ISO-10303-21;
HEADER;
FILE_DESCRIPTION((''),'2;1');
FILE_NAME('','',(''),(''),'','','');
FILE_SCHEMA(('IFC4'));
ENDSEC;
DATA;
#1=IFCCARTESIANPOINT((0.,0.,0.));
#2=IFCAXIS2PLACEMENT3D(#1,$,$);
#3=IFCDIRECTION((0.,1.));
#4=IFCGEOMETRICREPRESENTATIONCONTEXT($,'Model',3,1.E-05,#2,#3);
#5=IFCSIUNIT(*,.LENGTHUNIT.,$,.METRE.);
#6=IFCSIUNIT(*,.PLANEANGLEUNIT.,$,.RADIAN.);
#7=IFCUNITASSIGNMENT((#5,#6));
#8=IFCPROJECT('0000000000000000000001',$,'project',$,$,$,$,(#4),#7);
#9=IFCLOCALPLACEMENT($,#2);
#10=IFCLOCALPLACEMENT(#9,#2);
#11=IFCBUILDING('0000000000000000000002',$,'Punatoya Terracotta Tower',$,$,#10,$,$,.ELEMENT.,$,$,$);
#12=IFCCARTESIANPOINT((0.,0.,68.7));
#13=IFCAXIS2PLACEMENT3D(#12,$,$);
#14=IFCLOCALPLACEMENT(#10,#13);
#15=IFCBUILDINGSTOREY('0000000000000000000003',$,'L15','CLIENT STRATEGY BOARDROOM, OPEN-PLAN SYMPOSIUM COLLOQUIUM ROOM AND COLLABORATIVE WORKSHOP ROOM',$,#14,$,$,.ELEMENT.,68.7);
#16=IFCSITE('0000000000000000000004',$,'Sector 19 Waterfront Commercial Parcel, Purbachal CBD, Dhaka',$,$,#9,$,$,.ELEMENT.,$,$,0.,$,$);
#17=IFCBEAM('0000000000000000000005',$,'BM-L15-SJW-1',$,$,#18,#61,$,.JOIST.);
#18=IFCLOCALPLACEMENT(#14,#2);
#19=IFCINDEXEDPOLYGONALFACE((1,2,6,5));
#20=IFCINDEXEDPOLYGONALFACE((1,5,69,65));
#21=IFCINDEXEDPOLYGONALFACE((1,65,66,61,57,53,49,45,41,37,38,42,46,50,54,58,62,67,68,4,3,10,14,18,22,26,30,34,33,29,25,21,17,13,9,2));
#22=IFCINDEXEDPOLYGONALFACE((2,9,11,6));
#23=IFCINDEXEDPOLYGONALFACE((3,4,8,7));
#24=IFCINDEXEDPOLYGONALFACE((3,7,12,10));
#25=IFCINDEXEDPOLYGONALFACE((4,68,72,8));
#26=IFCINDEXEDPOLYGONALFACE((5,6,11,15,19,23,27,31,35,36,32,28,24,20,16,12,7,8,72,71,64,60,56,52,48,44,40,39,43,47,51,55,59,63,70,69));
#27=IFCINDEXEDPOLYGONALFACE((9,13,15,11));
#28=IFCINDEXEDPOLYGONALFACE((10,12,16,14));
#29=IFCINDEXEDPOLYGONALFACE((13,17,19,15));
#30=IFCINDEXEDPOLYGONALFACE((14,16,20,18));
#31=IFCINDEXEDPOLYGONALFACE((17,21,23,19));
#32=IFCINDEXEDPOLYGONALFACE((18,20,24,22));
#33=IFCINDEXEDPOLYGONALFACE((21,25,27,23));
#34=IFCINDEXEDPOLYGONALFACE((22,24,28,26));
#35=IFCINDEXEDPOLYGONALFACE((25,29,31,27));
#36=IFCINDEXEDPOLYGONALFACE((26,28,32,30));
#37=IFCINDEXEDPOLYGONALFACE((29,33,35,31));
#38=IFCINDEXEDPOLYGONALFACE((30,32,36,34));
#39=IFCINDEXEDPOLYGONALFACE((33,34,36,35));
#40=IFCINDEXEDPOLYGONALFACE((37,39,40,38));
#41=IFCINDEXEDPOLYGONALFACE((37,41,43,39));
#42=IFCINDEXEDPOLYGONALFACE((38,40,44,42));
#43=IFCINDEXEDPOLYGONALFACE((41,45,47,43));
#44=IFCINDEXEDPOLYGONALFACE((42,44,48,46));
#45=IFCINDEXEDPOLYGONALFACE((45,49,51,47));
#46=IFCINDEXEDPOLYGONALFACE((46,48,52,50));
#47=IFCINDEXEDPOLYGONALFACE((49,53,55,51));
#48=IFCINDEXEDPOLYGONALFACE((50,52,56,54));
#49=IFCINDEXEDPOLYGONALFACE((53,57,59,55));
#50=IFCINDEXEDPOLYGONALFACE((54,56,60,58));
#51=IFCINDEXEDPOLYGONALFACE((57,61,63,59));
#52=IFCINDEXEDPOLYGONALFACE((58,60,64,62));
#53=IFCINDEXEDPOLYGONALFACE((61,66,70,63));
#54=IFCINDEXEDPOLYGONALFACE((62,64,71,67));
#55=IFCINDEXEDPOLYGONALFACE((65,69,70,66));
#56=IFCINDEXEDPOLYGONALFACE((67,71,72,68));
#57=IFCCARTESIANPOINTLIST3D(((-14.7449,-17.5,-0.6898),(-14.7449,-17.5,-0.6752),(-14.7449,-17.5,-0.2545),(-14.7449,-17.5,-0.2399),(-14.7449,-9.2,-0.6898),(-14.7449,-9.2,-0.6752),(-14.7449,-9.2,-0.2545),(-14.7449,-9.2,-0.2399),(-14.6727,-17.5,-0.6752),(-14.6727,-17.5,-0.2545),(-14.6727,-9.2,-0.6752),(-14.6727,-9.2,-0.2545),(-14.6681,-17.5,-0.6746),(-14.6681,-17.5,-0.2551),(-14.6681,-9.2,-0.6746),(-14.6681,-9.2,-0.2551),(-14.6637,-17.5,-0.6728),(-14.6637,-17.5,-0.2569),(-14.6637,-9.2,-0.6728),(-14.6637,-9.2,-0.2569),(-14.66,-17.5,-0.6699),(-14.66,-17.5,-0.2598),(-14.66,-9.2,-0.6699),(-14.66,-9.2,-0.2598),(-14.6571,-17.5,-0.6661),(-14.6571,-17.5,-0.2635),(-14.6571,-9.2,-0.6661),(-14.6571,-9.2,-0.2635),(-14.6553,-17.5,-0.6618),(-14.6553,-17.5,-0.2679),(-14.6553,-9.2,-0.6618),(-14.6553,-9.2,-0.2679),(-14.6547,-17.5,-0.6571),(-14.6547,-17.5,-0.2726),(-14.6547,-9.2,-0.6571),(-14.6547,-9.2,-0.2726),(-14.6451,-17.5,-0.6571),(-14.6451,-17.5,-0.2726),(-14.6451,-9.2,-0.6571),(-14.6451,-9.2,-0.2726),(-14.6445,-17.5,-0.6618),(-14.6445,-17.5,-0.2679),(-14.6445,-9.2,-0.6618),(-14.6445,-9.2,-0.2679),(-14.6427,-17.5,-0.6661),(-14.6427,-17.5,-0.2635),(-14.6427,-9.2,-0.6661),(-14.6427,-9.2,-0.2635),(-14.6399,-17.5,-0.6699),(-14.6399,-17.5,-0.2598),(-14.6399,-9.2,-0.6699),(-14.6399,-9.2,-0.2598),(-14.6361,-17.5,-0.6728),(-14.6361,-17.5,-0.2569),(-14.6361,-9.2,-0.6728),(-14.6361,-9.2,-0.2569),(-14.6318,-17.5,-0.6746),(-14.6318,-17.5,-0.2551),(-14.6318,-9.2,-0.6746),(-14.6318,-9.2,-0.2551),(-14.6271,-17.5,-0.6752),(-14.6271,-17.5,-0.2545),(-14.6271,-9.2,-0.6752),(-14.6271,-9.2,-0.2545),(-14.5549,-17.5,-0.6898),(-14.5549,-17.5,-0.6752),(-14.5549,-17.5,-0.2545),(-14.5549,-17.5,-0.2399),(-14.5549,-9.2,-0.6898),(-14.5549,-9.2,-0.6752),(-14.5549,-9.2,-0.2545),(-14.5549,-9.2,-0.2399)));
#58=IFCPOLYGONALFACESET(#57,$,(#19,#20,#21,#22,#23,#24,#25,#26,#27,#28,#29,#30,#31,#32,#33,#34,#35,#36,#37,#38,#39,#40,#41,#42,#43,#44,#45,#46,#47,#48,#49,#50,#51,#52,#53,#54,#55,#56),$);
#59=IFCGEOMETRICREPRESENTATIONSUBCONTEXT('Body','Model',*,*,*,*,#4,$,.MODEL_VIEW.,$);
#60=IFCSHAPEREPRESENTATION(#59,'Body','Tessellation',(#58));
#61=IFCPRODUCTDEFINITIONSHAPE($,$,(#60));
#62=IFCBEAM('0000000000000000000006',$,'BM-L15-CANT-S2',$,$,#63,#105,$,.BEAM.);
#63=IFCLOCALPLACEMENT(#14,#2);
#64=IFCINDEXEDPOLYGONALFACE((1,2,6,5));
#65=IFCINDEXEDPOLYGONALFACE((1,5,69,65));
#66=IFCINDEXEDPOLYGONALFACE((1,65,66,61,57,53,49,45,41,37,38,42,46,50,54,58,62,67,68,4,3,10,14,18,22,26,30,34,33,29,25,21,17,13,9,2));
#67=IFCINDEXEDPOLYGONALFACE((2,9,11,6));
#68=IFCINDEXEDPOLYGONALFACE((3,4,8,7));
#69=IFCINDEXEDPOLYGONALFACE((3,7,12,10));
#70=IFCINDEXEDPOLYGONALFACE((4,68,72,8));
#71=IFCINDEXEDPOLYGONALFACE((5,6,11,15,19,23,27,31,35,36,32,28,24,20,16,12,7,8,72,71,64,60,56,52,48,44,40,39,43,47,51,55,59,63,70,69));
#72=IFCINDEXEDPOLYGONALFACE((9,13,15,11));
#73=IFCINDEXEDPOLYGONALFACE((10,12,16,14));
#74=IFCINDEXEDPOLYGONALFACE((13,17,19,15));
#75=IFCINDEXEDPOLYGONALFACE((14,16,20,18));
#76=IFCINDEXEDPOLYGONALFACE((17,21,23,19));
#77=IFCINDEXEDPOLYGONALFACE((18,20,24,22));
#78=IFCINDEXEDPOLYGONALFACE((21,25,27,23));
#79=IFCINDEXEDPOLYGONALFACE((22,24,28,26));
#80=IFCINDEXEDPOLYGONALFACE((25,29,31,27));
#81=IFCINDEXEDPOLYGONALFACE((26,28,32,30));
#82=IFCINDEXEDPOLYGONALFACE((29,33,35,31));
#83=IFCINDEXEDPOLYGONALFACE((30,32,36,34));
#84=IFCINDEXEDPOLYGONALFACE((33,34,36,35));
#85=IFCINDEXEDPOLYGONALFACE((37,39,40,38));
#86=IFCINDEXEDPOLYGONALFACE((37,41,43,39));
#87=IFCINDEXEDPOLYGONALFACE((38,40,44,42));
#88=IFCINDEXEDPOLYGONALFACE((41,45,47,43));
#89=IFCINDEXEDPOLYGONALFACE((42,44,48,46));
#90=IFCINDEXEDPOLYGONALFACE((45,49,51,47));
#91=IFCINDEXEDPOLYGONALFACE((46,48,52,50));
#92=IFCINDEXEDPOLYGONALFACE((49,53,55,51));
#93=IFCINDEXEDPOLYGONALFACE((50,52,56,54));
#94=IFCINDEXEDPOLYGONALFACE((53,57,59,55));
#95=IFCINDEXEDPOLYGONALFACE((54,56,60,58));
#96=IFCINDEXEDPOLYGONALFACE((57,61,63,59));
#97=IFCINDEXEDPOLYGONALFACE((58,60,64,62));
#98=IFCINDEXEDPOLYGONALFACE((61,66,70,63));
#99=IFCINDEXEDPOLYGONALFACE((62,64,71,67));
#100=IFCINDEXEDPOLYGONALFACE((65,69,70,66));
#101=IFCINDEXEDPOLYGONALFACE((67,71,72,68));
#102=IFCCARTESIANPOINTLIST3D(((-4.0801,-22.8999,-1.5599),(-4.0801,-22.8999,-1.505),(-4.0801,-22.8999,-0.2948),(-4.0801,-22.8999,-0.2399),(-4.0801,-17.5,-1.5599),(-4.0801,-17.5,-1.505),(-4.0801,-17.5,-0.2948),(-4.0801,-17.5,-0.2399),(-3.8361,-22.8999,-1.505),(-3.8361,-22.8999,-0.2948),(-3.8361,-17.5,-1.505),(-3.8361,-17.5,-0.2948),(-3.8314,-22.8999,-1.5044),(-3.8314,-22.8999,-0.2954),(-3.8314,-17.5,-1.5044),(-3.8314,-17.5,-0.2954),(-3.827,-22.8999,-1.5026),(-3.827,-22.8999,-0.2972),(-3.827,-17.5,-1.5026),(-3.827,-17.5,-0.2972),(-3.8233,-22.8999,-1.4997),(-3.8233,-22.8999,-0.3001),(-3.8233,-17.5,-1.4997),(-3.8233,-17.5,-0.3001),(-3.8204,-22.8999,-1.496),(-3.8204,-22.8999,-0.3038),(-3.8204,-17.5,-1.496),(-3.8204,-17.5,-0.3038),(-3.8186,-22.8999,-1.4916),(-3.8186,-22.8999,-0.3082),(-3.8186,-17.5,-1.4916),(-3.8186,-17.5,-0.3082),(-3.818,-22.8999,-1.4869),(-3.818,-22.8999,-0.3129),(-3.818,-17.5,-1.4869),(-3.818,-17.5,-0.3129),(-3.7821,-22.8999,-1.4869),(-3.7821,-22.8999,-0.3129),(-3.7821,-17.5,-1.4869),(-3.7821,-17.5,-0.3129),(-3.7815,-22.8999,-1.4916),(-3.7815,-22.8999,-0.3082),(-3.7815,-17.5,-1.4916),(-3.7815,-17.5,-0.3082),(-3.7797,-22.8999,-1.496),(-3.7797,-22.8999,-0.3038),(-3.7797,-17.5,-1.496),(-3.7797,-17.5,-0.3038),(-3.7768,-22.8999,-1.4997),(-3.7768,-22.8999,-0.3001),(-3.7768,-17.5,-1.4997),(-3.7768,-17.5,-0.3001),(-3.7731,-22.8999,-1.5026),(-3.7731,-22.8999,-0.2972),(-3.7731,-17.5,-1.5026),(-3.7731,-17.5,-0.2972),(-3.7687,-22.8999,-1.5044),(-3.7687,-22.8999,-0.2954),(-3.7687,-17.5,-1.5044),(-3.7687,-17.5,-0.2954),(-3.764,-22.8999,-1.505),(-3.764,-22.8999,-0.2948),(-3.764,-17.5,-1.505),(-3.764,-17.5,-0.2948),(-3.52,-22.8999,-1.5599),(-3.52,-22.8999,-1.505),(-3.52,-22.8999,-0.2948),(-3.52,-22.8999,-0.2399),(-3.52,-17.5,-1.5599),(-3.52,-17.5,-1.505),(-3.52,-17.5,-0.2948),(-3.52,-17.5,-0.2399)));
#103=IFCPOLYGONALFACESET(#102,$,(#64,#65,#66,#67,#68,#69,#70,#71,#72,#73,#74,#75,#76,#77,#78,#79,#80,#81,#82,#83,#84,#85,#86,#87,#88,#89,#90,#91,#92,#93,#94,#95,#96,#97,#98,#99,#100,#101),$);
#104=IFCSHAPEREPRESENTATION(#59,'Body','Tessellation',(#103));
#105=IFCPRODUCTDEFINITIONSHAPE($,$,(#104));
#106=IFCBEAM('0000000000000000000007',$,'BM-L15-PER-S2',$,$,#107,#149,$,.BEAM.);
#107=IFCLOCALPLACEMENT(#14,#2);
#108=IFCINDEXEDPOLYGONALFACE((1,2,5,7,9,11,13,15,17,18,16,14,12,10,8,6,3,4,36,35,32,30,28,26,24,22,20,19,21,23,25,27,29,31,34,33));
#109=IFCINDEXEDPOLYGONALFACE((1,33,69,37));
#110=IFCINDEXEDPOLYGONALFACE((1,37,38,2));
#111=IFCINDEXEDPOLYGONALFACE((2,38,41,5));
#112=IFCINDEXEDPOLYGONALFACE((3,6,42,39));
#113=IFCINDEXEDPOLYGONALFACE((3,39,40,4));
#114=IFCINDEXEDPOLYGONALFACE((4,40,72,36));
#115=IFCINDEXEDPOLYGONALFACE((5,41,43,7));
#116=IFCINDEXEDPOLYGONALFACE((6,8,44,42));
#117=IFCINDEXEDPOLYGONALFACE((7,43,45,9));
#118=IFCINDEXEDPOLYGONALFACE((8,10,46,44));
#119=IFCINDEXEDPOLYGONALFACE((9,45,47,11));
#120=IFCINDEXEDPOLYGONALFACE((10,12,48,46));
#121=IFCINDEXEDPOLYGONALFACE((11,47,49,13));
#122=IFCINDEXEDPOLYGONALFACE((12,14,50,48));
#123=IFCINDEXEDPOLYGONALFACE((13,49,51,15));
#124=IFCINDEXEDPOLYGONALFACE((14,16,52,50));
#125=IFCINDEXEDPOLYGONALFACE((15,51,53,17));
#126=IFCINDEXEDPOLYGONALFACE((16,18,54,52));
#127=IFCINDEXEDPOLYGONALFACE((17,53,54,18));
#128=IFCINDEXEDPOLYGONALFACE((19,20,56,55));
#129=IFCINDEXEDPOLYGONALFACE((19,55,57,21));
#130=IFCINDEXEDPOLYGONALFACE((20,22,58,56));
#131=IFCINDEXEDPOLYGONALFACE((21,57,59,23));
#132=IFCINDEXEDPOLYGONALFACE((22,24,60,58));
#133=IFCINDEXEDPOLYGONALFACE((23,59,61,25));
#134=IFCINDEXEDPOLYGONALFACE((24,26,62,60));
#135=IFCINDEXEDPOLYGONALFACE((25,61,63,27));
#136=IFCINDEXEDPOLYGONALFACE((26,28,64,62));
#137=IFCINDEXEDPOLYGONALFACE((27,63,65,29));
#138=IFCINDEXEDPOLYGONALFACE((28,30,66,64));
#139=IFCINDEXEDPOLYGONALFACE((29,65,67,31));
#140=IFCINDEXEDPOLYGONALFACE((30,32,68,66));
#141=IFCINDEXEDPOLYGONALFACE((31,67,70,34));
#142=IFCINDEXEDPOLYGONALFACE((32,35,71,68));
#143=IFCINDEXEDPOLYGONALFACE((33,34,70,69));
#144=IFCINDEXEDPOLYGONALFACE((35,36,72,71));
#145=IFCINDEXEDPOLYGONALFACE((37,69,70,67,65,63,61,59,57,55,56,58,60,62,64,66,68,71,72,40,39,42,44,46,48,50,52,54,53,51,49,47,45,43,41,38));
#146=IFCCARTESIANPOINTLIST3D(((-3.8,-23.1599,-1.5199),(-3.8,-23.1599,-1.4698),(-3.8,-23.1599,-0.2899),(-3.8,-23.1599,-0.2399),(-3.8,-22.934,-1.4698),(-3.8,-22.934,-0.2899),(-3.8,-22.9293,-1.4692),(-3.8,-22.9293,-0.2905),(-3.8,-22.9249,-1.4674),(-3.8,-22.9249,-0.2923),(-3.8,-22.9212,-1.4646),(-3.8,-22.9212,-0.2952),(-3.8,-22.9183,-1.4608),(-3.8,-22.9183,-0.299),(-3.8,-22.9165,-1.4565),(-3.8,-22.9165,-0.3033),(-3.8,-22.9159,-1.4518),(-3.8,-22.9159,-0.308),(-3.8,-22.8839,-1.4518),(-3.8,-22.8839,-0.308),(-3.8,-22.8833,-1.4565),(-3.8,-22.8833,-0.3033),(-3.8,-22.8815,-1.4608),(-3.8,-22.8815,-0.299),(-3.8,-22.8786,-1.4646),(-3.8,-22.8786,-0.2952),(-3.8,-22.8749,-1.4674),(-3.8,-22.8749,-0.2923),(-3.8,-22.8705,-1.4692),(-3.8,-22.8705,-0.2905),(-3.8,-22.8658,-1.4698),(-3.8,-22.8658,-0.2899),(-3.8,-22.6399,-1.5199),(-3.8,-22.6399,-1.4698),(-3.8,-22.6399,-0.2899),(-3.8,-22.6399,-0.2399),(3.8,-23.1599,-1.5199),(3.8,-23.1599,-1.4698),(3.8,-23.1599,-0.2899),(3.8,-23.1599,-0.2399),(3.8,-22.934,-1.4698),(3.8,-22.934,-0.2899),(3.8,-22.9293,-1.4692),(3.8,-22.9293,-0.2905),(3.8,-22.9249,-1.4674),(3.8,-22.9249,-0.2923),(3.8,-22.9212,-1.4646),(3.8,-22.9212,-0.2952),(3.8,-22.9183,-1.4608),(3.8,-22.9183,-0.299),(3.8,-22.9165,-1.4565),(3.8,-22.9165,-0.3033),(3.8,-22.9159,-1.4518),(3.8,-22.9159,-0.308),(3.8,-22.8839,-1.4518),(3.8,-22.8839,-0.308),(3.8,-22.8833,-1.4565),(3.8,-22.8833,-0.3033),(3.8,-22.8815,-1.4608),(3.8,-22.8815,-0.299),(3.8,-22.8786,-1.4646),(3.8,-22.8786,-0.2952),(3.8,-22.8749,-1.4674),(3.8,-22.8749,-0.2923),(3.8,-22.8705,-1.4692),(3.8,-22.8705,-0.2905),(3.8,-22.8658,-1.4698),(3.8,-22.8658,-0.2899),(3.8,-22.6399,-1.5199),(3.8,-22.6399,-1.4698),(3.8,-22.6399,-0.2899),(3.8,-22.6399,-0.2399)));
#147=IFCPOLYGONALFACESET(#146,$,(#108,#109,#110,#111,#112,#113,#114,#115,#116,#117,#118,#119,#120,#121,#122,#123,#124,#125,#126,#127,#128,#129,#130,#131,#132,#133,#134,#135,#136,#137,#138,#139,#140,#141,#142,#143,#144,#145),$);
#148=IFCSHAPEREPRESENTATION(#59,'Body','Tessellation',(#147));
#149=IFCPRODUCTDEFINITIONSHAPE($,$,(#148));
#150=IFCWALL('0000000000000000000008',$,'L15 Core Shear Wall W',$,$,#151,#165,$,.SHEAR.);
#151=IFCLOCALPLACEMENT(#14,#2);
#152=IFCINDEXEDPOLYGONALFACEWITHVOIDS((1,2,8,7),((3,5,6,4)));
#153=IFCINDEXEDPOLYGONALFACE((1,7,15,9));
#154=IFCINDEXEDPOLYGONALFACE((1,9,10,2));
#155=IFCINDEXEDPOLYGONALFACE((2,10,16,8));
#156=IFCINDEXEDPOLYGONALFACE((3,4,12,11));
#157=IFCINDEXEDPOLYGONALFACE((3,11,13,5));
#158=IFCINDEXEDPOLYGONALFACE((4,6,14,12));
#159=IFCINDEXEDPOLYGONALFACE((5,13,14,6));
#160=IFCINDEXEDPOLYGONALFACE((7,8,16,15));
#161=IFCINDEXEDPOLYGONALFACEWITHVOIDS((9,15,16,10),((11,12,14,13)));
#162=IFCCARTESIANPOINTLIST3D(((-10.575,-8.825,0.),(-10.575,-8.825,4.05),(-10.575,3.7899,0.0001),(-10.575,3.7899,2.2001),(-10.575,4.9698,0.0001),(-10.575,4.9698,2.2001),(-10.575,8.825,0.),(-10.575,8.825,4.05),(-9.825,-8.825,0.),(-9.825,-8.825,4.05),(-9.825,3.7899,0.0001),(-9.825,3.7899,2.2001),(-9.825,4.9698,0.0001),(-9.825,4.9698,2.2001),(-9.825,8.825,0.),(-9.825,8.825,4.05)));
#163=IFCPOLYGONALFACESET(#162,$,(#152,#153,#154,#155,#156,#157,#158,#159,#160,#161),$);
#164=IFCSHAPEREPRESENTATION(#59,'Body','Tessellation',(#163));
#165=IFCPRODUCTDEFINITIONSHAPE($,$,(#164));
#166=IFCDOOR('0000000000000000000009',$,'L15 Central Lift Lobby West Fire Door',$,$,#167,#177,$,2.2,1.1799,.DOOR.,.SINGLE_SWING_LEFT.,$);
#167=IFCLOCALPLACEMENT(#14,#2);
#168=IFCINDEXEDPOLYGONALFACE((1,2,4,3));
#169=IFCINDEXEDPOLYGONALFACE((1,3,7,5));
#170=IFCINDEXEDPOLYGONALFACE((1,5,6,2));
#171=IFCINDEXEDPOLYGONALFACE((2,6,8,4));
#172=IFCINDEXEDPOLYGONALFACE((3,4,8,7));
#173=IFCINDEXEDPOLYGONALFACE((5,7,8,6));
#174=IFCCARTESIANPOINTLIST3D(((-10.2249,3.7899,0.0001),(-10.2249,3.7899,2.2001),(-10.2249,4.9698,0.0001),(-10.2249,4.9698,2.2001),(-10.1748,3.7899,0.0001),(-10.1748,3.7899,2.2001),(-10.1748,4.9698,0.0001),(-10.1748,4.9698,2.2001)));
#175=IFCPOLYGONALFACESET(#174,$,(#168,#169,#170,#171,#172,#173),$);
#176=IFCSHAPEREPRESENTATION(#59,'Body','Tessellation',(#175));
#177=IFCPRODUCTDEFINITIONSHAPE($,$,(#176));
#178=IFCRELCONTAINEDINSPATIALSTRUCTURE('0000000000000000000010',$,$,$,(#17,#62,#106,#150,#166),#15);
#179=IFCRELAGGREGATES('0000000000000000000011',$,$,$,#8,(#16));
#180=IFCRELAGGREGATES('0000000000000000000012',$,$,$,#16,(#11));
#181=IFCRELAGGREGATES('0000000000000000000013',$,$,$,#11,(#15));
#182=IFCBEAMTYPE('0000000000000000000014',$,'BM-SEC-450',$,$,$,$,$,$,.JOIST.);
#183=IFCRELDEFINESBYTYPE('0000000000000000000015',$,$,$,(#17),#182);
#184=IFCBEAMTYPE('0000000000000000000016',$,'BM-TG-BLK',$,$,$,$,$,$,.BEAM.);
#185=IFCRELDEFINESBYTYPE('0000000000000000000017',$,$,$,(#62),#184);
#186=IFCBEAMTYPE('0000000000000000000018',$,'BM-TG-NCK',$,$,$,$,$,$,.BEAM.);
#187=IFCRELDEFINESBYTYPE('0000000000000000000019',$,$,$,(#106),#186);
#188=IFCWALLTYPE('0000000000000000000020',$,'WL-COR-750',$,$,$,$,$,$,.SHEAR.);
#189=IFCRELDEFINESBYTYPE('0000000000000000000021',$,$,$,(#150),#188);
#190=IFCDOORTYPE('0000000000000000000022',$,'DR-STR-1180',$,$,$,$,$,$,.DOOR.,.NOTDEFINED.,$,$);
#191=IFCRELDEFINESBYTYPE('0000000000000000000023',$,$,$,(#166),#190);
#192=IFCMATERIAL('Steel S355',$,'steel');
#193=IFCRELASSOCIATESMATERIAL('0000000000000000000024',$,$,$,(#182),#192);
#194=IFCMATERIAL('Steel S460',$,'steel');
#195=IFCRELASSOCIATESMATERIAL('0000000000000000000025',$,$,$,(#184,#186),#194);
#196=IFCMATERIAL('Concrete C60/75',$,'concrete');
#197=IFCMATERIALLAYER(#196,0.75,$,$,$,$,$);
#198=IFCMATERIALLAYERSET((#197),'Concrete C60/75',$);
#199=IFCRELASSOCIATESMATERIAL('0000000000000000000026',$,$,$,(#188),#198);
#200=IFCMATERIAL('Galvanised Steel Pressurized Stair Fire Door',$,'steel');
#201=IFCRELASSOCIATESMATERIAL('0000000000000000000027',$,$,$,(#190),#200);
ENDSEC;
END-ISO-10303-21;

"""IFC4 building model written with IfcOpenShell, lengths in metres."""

from ifc_helpers import new_model, si_unit, direction, frame, frame_2d, origin, origin_2d, place, context, subcontext, project, spatial, rectangle, i_section, extrude, material, layer, layer_set, material_profile, profile_set, type_object, element, fill, save


model = new_model("IFC4")

# Units and contexts
model_context = context("Model", 3, precision=1e-05, world=origin(), true_north=direction((0.0, 1.0)))
body_context = subcontext(model_context, "Body", "Model", "MODEL_VIEW")
ifc_project = project(units=[si_unit("LENGTHUNIT", "METRE"), si_unit("PLANEANGLEUNIT", "RADIAN")], contexts=[model_context])

# Site, building, storey
site_placement = place(None, origin())
site = spatial("IfcSite", under=ifc_project, at=site_placement, Name="Sector 19 Waterfront Commercial Parcel, Purbachal CBD, Dhaka", CompositionType="ELEMENT", RefElevation=0.0)
building_placement = place(site_placement, origin())
building = spatial("IfcBuilding", under=site, at=building_placement, Name="Punatoya Terracotta Tower", CompositionType="ELEMENT")
storey_placement = place(building_placement, frame((0.0, 0.0, 68.7)))
storey = spatial("IfcBuildingStorey", under=building, at=storey_placement, Name="L15", Description="CLIENT STRATEGY BOARDROOM, OPEN-PLAN SYMPOSIUM COLLOQUIUM ROOM AND COLLABORATIVE WORKSHOP ROOM", CompositionType="ELEMENT", Elevation=68.7)

# Shared definitions
ifc_material_1 = material(Name="Steel S460", Category="steel")

# Beams
ifc_material_2 = material(Name="Steel S355", Category="steel")
ifc_material_profile_1 = material_profile(ifc_material_2, i_section(OverallWidth=0.1899, OverallDepth=0.45, WebThickness=0.0095, FlangeThickness=0.0146, FilletRadius=0.0181, at=origin_2d()))
ifc_profile_set_1 = profile_set([ifc_material_profile_1], Name="Steel S355")
beam_type_1 = type_object("IfcBeamType", Name="BM-SEC-450", PredefinedType="JOIST", material=ifc_profile_set_1)
beam_1_placement = place(storey_placement, frame((-14.6499, -17.5, -0.4648), z_axis=(0.0, 1.0, 0.0), x_axis=(-1.0, 0.0, 0.0)))
element("IfcBeam", 1, at=beam_1_placement, inside=storey, type_object=beam_type_1, Name="BM-L15-SJW-1", PredefinedType="JOIST", context=body_context, shape_type="SweptSolid", body=[
    extrude(i_section(OverallWidth=0.1899, OverallDepth=0.45, WebThickness=0.0095, FlangeThickness=0.0146, FilletRadius=0.0181, at=origin_2d()), origin(), (0.0, 0.0, 1.0), 8.3),
])
ifc_material_profile_2 = material_profile(ifc_material_1, i_section(OverallWidth=0.5601, OverallDepth=1.3201, WebThickness=0.0359, FlangeThickness=0.0549, FilletRadius=0.0181, at=origin_2d()))
ifc_profile_set_2 = profile_set([ifc_material_profile_2], Name="Steel S460")
beam_type_2 = type_object("IfcBeamType", Name="BM-TG-BLK", PredefinedType="BEAM", material=ifc_profile_set_2)
beam_2_placement = place(storey_placement, frame((-3.8, -22.8999, -0.8999), z_axis=(0.0, 1.0, 0.0), x_axis=(-1.0, 0.0, 0.0)))
element("IfcBeam", 2, at=beam_2_placement, inside=storey, type_object=beam_type_2, Name="BM-L15-CANT-S2", PredefinedType="BEAM", context=body_context, shape_type="SweptSolid", body=[
    extrude(i_section(OverallWidth=0.5601, OverallDepth=1.3201, WebThickness=0.0359, FlangeThickness=0.0549, FilletRadius=0.0181, at=origin_2d()), origin(), (0.0, 0.0, 1.0), 5.3999),
])
ifc_material_profile_3 = material_profile(ifc_material_1, i_section(OverallWidth=0.52, OverallDepth=1.28, WebThickness=0.032, FlangeThickness=0.05, FilletRadius=0.0181, at=origin_2d()))
ifc_profile_set_3 = profile_set([ifc_material_profile_3], Name="Steel S460")
beam_type_3 = type_object("IfcBeamType", Name="BM-TG-NCK", PredefinedType="BEAM", material=ifc_profile_set_3)
beam_3_placement = place(storey_placement, frame((-3.8, -22.8999, -0.8799), z_axis=(1.0, 0.0, 0.0), x_axis=(0.0, 1.0, 0.0)))
element("IfcBeam", 3, at=beam_3_placement, inside=storey, type_object=beam_type_3, Name="BM-L15-PER-S2", PredefinedType="BEAM", context=body_context, shape_type="SweptSolid", body=[
    extrude(i_section(OverallWidth=0.52, OverallDepth=1.28, WebThickness=0.032, FlangeThickness=0.05, FilletRadius=0.0181, at=origin_2d()), origin(), (0.0, 0.0, 1.0), 7.6001),
])

# Wall, opening, door
ifc_material_3 = material(Name="Concrete C60/75", Category="concrete")
ifc_layer_1 = layer(ifc_material_3, 0.75)
ifc_layer_set_1 = layer_set([ifc_layer_1], Name="Concrete C60/75")
wall_type_1 = type_object("IfcWallType", Name="WL-COR-750", PredefinedType="SHEAR", material=ifc_layer_set_1)
wall_1_placement = place(storey_placement, frame((-10.2, -8.825, 0.0), z_axis=(0.0, 0.0, 1.0), x_axis=(0.0, 1.0, 0.0)))
wall_1 = element("IfcWall", 4, at=wall_1_placement, inside=storey, type_object=wall_type_1, Name="L15 Core Shear Wall W", PredefinedType="SHEAR", context=body_context, shape_type="SweptSolid", body=[
    extrude(rectangle(XDim=17.6499, YDim=0.75, at=frame_2d((8.825, 0.0))), origin(), (0.0, 0.0, 1.0), 4.05),
])
opening_1_placement = place(wall_1_placement, frame((12.615, 0.0, 0.0)))
opening_1 = element("IfcOpeningElement", 5, at=opening_1_placement, cuts=wall_1, PredefinedType="OPENING", context=body_context, shape_type="SweptSolid", body=[
    extrude(rectangle(XDim=1.1799, YDim=2.2, at=frame_2d((0.5898, 1.1001))), frame((0.0, 0.385, 0.0), z_axis=(0.0, -1.0, 0.0), x_axis=(1.0, 0.0, 0.0)), (0.0, 0.0, 1.0), 0.77),
])
ifc_material_4 = material(Name="Galvanised Steel Pressurized Stair Fire Door", Category="steel")
door_type_1 = type_object("IfcDoorType", Name="DR-STR-1180", OperationType="NOTDEFINED", PredefinedType="DOOR", material=ifc_material_4)
door_1_placement = place(opening_1_placement, origin())
door_1 = element("IfcDoor", 6, at=door_1_placement, inside=storey, type_object=door_type_1, Name="L15 Central Lift Lobby West Fire Door", OperationType="SINGLE_SWING_LEFT", OverallHeight=2.2, OverallWidth=1.1799, PredefinedType="DOOR", context=body_context, shape_type="SweptSolid", body=[
    extrude(rectangle(XDim=1.1799, YDim=2.2, at=frame_2d((0.5898, 1.1001))), frame((0.0, 0.0249, 0.0), z_axis=(0.0, -1.0, 0.0), x_axis=(1.0, 0.0, 0.0)), (0.0, 0.0, 1.0), 0.05),
])
fill(opening_1, door_1)

save(model, "model.ifc")
